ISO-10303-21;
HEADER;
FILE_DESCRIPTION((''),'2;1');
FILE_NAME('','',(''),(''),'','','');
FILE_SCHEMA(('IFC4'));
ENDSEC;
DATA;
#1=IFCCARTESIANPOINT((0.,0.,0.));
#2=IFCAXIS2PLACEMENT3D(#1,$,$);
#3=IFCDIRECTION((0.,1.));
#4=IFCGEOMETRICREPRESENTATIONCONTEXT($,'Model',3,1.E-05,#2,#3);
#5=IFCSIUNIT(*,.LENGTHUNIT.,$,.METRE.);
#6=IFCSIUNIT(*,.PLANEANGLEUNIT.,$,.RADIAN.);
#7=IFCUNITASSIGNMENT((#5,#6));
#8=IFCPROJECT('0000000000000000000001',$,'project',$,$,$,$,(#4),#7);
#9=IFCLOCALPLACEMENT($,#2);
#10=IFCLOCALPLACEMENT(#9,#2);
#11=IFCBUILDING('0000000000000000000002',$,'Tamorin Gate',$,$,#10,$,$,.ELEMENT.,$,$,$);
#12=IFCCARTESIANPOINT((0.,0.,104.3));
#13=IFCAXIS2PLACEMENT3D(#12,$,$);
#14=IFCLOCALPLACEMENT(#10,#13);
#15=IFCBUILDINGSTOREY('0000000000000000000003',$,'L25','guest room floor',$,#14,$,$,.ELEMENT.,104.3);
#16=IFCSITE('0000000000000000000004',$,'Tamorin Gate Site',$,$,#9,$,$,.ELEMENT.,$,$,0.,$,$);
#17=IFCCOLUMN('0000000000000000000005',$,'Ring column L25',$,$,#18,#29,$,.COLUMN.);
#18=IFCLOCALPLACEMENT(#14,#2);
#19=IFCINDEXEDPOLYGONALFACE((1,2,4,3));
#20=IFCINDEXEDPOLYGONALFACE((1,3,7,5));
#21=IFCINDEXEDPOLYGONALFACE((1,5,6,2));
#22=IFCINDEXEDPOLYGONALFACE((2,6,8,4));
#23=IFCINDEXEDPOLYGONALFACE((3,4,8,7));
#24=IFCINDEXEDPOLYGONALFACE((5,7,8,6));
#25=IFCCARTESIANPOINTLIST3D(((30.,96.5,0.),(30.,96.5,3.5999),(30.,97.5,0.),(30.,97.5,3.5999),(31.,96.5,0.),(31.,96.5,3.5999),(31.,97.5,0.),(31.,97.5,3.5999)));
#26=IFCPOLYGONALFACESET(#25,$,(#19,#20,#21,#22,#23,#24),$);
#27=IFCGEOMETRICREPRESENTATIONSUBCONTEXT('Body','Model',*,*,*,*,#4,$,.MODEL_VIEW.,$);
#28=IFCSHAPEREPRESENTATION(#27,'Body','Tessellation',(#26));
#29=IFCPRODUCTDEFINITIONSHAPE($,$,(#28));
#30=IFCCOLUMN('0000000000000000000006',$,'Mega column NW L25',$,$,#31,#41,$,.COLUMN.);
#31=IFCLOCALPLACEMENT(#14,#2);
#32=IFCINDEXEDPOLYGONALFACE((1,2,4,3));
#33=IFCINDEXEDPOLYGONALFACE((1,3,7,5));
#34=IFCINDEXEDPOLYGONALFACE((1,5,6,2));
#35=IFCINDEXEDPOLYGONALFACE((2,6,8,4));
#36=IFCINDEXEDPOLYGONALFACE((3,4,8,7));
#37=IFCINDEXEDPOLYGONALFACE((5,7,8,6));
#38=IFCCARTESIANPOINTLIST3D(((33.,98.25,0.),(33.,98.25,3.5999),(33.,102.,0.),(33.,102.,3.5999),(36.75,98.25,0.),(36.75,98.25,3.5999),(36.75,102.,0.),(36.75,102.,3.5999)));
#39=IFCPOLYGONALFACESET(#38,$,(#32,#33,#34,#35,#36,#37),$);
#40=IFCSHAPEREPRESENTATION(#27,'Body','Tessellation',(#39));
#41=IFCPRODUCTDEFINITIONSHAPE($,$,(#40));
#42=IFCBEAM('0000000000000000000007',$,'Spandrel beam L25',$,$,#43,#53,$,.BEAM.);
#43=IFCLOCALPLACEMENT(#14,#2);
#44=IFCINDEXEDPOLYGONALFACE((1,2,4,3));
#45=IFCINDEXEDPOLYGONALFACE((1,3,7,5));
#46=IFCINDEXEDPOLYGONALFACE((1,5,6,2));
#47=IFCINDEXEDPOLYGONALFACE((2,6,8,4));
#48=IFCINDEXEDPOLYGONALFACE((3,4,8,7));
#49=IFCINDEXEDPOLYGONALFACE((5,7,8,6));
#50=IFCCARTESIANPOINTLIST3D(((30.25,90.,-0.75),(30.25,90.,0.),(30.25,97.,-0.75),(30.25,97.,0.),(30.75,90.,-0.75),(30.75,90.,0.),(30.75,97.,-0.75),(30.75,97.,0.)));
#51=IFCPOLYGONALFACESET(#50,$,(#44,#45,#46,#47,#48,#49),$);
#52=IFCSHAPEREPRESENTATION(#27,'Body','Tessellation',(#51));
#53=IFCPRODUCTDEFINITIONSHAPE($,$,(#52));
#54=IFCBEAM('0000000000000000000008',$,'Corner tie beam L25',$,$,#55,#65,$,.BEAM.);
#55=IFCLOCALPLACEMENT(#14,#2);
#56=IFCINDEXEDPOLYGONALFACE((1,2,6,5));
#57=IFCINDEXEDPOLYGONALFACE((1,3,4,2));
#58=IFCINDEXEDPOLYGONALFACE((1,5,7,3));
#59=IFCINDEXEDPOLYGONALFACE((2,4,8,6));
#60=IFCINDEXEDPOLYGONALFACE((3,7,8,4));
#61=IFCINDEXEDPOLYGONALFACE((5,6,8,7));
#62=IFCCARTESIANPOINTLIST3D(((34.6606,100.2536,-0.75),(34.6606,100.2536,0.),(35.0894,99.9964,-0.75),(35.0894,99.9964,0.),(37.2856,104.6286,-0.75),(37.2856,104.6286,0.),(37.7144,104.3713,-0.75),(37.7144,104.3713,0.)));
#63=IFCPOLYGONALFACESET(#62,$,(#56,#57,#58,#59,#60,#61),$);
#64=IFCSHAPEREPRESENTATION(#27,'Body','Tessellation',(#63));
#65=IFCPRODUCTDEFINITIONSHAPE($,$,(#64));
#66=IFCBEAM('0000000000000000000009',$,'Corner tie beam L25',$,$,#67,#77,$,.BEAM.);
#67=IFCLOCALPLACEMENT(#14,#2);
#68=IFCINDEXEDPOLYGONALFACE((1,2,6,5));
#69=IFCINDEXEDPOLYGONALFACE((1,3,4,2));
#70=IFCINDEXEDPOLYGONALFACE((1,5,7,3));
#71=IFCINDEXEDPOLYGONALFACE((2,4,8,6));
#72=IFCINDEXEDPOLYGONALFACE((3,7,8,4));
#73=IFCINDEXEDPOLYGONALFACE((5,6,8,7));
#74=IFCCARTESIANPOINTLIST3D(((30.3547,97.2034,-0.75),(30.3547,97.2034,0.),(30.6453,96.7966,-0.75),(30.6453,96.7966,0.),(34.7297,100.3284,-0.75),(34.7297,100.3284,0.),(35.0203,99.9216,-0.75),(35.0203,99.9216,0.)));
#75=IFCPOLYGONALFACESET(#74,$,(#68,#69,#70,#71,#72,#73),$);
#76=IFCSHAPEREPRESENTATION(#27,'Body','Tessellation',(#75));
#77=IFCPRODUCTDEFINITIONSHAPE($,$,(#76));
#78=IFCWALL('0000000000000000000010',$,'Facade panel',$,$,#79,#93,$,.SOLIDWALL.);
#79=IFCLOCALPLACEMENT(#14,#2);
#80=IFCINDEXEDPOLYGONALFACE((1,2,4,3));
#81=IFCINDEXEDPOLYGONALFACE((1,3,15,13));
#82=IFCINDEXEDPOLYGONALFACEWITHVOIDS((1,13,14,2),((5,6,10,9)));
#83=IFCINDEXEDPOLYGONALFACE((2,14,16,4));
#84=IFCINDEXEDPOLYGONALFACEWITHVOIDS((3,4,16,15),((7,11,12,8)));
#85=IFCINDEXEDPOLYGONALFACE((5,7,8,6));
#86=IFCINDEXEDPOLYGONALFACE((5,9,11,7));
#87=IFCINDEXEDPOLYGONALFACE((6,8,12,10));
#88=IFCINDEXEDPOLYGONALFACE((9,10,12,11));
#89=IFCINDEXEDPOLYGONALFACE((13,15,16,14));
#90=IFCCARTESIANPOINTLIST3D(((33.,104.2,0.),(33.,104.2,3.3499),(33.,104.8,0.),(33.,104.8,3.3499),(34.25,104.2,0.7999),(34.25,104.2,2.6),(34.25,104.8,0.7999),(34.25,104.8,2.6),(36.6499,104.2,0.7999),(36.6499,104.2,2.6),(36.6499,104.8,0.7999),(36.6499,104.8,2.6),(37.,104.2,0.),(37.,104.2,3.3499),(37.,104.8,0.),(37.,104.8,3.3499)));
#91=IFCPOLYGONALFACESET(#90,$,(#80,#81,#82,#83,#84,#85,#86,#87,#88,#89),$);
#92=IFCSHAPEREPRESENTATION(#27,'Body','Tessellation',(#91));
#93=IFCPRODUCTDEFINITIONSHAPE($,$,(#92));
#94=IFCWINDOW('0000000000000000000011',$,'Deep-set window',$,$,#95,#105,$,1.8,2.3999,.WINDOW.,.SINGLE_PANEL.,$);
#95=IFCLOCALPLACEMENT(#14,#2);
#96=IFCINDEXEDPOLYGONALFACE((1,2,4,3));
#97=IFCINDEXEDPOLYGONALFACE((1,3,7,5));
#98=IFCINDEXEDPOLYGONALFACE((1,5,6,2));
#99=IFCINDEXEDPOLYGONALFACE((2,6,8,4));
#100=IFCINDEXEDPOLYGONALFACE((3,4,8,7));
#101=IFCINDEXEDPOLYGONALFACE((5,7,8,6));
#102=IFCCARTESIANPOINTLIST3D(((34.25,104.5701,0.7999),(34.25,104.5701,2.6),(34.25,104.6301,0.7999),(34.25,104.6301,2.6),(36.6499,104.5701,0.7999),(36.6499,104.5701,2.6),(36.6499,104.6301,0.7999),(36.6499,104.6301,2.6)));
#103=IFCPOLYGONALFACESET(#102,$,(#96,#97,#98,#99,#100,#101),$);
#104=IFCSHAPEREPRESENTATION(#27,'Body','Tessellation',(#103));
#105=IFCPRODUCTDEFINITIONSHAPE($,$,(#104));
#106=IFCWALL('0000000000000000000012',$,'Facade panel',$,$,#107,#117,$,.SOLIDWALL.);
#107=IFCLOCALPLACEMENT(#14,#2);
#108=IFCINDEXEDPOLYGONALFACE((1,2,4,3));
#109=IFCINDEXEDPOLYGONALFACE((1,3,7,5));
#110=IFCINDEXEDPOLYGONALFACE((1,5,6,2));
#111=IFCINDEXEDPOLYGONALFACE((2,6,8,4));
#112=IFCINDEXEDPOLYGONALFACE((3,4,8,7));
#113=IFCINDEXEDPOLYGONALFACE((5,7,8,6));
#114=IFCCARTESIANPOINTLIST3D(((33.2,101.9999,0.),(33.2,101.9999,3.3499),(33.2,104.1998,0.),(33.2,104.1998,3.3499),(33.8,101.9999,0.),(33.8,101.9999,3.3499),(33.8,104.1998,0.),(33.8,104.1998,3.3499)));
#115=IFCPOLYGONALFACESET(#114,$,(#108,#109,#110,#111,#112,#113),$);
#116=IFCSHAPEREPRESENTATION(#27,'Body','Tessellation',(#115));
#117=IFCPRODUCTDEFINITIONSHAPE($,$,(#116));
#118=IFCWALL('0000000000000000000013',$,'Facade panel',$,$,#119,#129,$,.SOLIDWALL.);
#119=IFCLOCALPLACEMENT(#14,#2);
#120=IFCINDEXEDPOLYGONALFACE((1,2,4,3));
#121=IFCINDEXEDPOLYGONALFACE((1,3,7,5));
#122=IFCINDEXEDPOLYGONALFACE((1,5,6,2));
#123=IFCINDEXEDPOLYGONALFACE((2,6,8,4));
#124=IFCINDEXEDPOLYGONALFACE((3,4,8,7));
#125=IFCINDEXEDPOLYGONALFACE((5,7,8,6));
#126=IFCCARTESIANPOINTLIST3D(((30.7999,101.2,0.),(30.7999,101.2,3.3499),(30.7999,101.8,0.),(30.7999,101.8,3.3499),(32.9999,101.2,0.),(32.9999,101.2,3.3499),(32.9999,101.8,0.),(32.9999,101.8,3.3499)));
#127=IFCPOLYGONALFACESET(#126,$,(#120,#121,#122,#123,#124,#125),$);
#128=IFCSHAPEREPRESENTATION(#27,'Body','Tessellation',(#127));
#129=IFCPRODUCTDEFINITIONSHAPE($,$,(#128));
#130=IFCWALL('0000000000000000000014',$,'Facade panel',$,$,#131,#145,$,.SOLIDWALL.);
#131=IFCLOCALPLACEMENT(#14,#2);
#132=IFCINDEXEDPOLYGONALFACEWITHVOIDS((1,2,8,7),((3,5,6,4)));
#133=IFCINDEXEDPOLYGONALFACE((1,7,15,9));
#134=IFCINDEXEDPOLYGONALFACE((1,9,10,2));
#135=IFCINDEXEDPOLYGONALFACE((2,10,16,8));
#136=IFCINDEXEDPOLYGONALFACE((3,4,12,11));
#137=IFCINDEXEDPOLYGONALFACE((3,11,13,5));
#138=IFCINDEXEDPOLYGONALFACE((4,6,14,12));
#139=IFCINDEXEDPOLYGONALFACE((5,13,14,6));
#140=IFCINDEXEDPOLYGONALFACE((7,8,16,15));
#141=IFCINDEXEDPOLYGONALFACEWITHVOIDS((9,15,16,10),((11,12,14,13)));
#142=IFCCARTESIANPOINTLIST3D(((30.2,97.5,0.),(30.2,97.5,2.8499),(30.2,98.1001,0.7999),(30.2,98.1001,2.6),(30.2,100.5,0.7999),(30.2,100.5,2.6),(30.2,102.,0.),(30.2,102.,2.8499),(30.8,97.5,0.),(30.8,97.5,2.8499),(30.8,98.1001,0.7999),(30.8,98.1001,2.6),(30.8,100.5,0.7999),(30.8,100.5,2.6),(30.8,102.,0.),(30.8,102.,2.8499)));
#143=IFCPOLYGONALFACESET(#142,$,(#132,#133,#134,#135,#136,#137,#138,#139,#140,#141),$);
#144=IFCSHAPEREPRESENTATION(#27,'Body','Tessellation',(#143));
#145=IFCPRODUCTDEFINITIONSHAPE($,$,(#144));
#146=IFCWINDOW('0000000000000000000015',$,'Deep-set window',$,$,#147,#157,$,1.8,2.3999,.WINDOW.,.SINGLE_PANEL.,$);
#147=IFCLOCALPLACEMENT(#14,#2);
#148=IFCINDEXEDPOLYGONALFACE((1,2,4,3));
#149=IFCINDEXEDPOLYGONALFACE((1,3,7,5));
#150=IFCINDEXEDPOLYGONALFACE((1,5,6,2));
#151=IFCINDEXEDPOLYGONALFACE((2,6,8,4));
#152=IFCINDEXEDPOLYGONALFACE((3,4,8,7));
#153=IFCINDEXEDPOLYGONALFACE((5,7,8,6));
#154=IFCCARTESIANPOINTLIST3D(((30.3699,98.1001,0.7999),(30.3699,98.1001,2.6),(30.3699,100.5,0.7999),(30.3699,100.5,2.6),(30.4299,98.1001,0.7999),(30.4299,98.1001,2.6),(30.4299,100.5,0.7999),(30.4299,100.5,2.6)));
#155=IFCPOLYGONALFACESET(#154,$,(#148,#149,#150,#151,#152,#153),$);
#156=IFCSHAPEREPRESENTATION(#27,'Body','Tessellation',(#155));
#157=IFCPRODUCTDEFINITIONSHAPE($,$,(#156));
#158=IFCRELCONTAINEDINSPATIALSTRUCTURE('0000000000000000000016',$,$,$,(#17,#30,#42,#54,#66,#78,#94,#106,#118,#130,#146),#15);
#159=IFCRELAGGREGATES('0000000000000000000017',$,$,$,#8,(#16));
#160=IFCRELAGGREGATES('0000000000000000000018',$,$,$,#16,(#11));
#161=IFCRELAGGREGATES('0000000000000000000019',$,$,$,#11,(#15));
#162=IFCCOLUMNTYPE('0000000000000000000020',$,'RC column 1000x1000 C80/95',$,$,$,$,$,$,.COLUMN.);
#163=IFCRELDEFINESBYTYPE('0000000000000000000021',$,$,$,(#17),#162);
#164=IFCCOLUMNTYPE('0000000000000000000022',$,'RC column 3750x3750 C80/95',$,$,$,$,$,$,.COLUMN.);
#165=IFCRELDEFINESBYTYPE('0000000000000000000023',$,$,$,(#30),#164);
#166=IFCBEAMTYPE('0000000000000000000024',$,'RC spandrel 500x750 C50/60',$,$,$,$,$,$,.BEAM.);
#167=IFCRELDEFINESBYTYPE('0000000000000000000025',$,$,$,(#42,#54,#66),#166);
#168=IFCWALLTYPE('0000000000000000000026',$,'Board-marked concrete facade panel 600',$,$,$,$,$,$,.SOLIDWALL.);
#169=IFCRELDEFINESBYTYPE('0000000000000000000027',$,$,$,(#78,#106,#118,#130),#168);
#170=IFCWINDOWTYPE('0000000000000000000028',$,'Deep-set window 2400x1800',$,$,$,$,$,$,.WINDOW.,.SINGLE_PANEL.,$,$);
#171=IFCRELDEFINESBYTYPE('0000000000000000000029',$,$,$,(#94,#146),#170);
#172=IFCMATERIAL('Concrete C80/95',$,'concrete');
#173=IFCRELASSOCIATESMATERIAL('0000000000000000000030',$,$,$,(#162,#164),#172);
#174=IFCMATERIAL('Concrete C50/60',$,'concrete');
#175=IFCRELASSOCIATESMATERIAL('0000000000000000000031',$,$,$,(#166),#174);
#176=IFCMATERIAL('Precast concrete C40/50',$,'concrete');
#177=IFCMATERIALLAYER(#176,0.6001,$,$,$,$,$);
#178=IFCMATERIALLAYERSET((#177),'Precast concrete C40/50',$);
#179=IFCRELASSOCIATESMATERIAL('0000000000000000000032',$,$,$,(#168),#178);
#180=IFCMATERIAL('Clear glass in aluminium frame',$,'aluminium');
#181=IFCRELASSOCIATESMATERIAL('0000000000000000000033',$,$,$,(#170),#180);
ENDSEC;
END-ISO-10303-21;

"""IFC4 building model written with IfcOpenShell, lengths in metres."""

from ifc_helpers import new_model, si_unit, direction, frame, frame_2d, origin, origin_2d, place, context, subcontext, project, spatial, rectangle, extrude, material, layer, layer_set, material_profile, profile_set, type_object, element, fill, save


model = new_model("IFC4")

# Units and contexts
model_context = context("Model", 3, precision=1e-05, world=origin(), true_north=direction((0.0, 1.0)))
body_context = subcontext(model_context, "Body", "Model", "MODEL_VIEW")
ifc_project = project(units=[si_unit("LENGTHUNIT", "METRE"), si_unit("PLANEANGLEUNIT", "RADIAN")], contexts=[model_context])

# Site, building, storey
site_placement = place(None, origin())
site = spatial("IfcSite", under=ifc_project, at=site_placement, Name="Tamorin Gate Site", CompositionType="ELEMENT", RefElevation=0.0)
building_placement = place(site_placement, origin())
building = spatial("IfcBuilding", under=site, at=building_placement, Name="Tamorin Gate", CompositionType="ELEMENT")
storey_placement = place(building_placement, frame((0.0, 0.0, 104.3)))
storey = spatial("IfcBuildingStorey", under=building, at=storey_placement, Name="L25", Description="guest room floor", CompositionType="ELEMENT", Elevation=104.3)

# Columns
ifc_material_1 = material(Name="Concrete C80/95", Category="concrete")
ifc_material_profile_1 = material_profile(ifc_material_1, rectangle(XDim=1.0, YDim=1.0, at=origin_2d()), Name="RC 1000x1000")
ifc_profile_set_1 = profile_set([ifc_material_profile_1], Name="Concrete C80/95")
column_type_1 = type_object("IfcColumnType", Name="RC column 1000x1000 C80/95", PredefinedType="COLUMN", material=ifc_profile_set_1)
column_1_placement = place(storey_placement, frame((30.5, 97.0, 0.0), z_axis=(0.0, 0.0, 1.0), x_axis=(1.0, 0.0, 0.0)))
element("IfcColumn", 1, at=column_1_placement, inside=storey, type_object=column_type_1, Name="Ring column L25", PredefinedType="COLUMN", context=body_context, shape_type="SweptSolid", body=[
    extrude(rectangle(XDim=1.0, YDim=1.0, at=origin_2d()), origin(), (0.0, 0.0, 1.0), 3.5999),
])
ifc_material_profile_2 = material_profile(ifc_material_1, rectangle(XDim=3.75, YDim=3.75, at=origin_2d()), Name="RC 3750x3750")
ifc_profile_set_2 = profile_set([ifc_material_profile_2], Name="Concrete C80/95")
column_type_2 = type_object("IfcColumnType", Name="RC column 3750x3750 C80/95", PredefinedType="COLUMN", material=ifc_profile_set_2)
column_2_placement = place(storey_placement, frame((34.875, 100.125, 0.0), z_axis=(0.0, 0.0, 1.0), x_axis=(1.0, 0.0, 0.0)))
element("IfcColumn", 2, at=column_2_placement, inside=storey, type_object=column_type_2, Name="Mega column NW L25", PredefinedType="COLUMN", context=body_context, shape_type="SweptSolid", body=[
    extrude(rectangle(XDim=3.75, YDim=3.75, at=origin_2d()), origin(), (0.0, 0.0, 1.0), 3.5999),
])

# Beams
ifc_material_2 = material(Name="Concrete C50/60", Category="concrete")
ifc_material_profile_3 = material_profile(ifc_material_2, rectangle(XDim=0.5, YDim=0.75, at=origin_2d()), Name="RC 500x750")
ifc_profile_set_3 = profile_set([ifc_material_profile_3], Name="Concrete C50/60")
beam_type = type_object("IfcBeamType", Name="RC spandrel 500x750 C50/60", PredefinedType="BEAM", material=ifc_profile_set_3)
beam_1_placement = place(storey_placement, frame((30.5, 97.0, -0.375), z_axis=(0.0, -1.0, 0.0), x_axis=(1.0, 0.0, 0.0)))
element("IfcBeam", 3, at=beam_1_placement, inside=storey, type_object=beam_type, Name="Spandrel beam L25", PredefinedType="BEAM", context=body_context, shape_type="SweptSolid", body=[
    extrude(rectangle(XDim=0.5, YDim=0.75, at=origin_2d()), origin(), (0.0, 0.0, 1.0), 7.0),
])
beam_2_placement = place(storey_placement, frame((34.875, 100.125, -0.375), z_axis=(0.514496, 0.857493, 0.0), x_axis=(-0.857493, 0.514496, 0.0)))
element("IfcBeam", 4, at=beam_2_placement, inside=storey, type_object=beam_type, Name="Corner tie beam L25", PredefinedType="BEAM", context=body_context, shape_type="SweptSolid", body=[
    extrude(rectangle(XDim=0.5, YDim=0.75, at=origin_2d()), origin(), (0.0, 0.0, 1.0), 5.1021),
])
beam_3_placement = place(storey_placement, frame((34.875, 100.125, -0.375), z_axis=(-0.813733, -0.581238, 0.0), x_axis=(0.581238, -0.813733, 0.0)))
element("IfcBeam", 5, at=beam_3_placement, inside=storey, type_object=beam_type, Name="Corner tie beam L25", PredefinedType="BEAM", context=body_context, shape_type="SweptSolid", body=[
    extrude(rectangle(XDim=0.5, YDim=0.75, at=origin_2d()), origin(), (0.0, 0.0, 1.0), 5.3765),
])

# Wall, opening, window
ifc_material_3 = material(Name="Precast concrete C40/50", Category="concrete")
ifc_layer_1 = layer(ifc_material_3, 0.6001)
ifc_layer_set_1 = layer_set([ifc_layer_1], Name="Precast concrete C40/50")
wall_type_1 = type_object("IfcWallType", Name="Board-marked concrete facade panel 600", PredefinedType="SOLIDWALL", material=ifc_layer_set_1)
wall_1_placement = place(storey_placement, frame((37.0, 104.5, 0.0), z_axis=(0.0, 0.0, 1.0), x_axis=(-1.0, 0.0, 0.0)))
wall_1 = element("IfcWall", 6, at=wall_1_placement, inside=storey, type_object=wall_type_1, Name="Facade panel", PredefinedType="SOLIDWALL", context=body_context, shape_type="SweptSolid", body=[
    extrude(rectangle(XDim=4.0, YDim=0.6001, at=frame_2d((2.0, 0.0))), origin(), (0.0, 0.0, 1.0), 3.3499),
])
opening_1_placement = place(wall_1_placement, frame((0.3501, 0.0, 0.8)))
opening_1 = element("IfcOpeningElement", 7, at=opening_1_placement, cuts=wall_1, PredefinedType="OPENING", context=body_context, shape_type="SweptSolid", body=[
    extrude(rectangle(XDim=2.3999, YDim=1.8, at=frame_2d((1.2, 0.8999))), frame((0.0, 0.3101, 0.0), z_axis=(0.0, -1.0, 0.0), x_axis=(1.0, 0.0, 0.0)), (0.0, 0.0, 1.0), 0.6201),
])
ifc_material_4 = material(Name="Clear glass in aluminium frame", Category="aluminium")
window_type = type_object("IfcWindowType", Name="Deep-set window 2400x1800", PartitioningType="SINGLE_PANEL", PredefinedType="WINDOW", material=ifc_material_4)
window_1_placement = place(opening_1_placement, origin())
window_1 = element("IfcWindow", 8, at=window_1_placement, inside=storey, type_object=window_type, Name="Deep-set window", OverallHeight=1.8, OverallWidth=2.3999, PartitioningType="SINGLE_PANEL", PredefinedType="WINDOW", context=body_context, shape_type="SweptSolid", body=[
    extrude(rectangle(XDim=2.3999, YDim=1.8, at=frame_2d((1.2, 0.8999))), frame((0.0, -0.0701, 0.0), z_axis=(0.0, -1.0, 0.0), x_axis=(1.0, 0.0, 0.0)), (0.0, 0.0, 1.0), 0.0601),
])
fill(opening_1, window_1)

# Walls
for number, where, z_axis, x_axis, name in (
    (9, (33.5, 104.2, 0.0), (0.0, 0.0, 1.0), (0.0, -1.0, 0.0), "Facade panel"),
    (10, (33.0, 101.5, 0.0), (0.0, 0.0, 1.0), (-1.0, 0.0, 0.0), "Facade panel"),
):
    element("IfcWall", number, at=place(storey_placement, frame(where, z_axis=z_axis, x_axis=x_axis)), inside=storey, type_object=wall_type_1, Name=name, PredefinedType="SOLIDWALL", context=body_context, shape_type="SweptSolid", body=[
        extrude(rectangle(XDim=2.2, YDim=0.6001, at=frame_2d((1.1001, 0.0))), origin(), (0.0, 0.0, 1.0), 3.3499),
    ])

# Wall, opening, window
wall_2_placement = place(storey_placement, frame((30.5, 102.0, 0.0), z_axis=(0.0, 0.0, 1.0), x_axis=(0.0, -1.0, 0.0)))
wall_2 = element("IfcWall", 11, at=wall_2_placement, inside=storey, type_object=wall_type_1, Name="Facade panel", PredefinedType="SOLIDWALL", context=body_context, shape_type="SweptSolid", body=[
    extrude(rectangle(XDim=4.5, YDim=0.6001, at=frame_2d((2.25, 0.0))), origin(), (0.0, 0.0, 1.0), 2.8499),
])
opening_2_placement = place(wall_2_placement, frame((1.5, 0.0, 0.8)))
opening_2 = element("IfcOpeningElement", 12, at=opening_2_placement, cuts=wall_2, PredefinedType="OPENING", context=body_context, shape_type="SweptSolid", body=[
    extrude(rectangle(XDim=2.3999, YDim=1.8, at=frame_2d((1.2, 0.8999))), frame((0.0, 0.3101, 0.0), z_axis=(0.0, -1.0, 0.0), x_axis=(1.0, 0.0, 0.0)), (0.0, 0.0, 1.0), 0.6201),
])
window_2_placement = place(opening_2_placement, origin())
window_2 = element("IfcWindow", 13, at=window_2_placement, inside=storey, type_object=window_type, Name="Deep-set window", OverallHeight=1.8, OverallWidth=2.3999, PartitioningType="SINGLE_PANEL", PredefinedType="WINDOW", context=body_context, shape_type="SweptSolid", body=[
    extrude(rectangle(XDim=2.3999, YDim=1.8, at=frame_2d((1.2, 0.8999))), frame((0.0, -0.0701, 0.0), z_axis=(0.0, -1.0, 0.0), x_axis=(1.0, 0.0, 0.0)), (0.0, 0.0, 1.0), 0.0601),
])
fill(opening_2, window_2)

save(model, "model.ifc")
